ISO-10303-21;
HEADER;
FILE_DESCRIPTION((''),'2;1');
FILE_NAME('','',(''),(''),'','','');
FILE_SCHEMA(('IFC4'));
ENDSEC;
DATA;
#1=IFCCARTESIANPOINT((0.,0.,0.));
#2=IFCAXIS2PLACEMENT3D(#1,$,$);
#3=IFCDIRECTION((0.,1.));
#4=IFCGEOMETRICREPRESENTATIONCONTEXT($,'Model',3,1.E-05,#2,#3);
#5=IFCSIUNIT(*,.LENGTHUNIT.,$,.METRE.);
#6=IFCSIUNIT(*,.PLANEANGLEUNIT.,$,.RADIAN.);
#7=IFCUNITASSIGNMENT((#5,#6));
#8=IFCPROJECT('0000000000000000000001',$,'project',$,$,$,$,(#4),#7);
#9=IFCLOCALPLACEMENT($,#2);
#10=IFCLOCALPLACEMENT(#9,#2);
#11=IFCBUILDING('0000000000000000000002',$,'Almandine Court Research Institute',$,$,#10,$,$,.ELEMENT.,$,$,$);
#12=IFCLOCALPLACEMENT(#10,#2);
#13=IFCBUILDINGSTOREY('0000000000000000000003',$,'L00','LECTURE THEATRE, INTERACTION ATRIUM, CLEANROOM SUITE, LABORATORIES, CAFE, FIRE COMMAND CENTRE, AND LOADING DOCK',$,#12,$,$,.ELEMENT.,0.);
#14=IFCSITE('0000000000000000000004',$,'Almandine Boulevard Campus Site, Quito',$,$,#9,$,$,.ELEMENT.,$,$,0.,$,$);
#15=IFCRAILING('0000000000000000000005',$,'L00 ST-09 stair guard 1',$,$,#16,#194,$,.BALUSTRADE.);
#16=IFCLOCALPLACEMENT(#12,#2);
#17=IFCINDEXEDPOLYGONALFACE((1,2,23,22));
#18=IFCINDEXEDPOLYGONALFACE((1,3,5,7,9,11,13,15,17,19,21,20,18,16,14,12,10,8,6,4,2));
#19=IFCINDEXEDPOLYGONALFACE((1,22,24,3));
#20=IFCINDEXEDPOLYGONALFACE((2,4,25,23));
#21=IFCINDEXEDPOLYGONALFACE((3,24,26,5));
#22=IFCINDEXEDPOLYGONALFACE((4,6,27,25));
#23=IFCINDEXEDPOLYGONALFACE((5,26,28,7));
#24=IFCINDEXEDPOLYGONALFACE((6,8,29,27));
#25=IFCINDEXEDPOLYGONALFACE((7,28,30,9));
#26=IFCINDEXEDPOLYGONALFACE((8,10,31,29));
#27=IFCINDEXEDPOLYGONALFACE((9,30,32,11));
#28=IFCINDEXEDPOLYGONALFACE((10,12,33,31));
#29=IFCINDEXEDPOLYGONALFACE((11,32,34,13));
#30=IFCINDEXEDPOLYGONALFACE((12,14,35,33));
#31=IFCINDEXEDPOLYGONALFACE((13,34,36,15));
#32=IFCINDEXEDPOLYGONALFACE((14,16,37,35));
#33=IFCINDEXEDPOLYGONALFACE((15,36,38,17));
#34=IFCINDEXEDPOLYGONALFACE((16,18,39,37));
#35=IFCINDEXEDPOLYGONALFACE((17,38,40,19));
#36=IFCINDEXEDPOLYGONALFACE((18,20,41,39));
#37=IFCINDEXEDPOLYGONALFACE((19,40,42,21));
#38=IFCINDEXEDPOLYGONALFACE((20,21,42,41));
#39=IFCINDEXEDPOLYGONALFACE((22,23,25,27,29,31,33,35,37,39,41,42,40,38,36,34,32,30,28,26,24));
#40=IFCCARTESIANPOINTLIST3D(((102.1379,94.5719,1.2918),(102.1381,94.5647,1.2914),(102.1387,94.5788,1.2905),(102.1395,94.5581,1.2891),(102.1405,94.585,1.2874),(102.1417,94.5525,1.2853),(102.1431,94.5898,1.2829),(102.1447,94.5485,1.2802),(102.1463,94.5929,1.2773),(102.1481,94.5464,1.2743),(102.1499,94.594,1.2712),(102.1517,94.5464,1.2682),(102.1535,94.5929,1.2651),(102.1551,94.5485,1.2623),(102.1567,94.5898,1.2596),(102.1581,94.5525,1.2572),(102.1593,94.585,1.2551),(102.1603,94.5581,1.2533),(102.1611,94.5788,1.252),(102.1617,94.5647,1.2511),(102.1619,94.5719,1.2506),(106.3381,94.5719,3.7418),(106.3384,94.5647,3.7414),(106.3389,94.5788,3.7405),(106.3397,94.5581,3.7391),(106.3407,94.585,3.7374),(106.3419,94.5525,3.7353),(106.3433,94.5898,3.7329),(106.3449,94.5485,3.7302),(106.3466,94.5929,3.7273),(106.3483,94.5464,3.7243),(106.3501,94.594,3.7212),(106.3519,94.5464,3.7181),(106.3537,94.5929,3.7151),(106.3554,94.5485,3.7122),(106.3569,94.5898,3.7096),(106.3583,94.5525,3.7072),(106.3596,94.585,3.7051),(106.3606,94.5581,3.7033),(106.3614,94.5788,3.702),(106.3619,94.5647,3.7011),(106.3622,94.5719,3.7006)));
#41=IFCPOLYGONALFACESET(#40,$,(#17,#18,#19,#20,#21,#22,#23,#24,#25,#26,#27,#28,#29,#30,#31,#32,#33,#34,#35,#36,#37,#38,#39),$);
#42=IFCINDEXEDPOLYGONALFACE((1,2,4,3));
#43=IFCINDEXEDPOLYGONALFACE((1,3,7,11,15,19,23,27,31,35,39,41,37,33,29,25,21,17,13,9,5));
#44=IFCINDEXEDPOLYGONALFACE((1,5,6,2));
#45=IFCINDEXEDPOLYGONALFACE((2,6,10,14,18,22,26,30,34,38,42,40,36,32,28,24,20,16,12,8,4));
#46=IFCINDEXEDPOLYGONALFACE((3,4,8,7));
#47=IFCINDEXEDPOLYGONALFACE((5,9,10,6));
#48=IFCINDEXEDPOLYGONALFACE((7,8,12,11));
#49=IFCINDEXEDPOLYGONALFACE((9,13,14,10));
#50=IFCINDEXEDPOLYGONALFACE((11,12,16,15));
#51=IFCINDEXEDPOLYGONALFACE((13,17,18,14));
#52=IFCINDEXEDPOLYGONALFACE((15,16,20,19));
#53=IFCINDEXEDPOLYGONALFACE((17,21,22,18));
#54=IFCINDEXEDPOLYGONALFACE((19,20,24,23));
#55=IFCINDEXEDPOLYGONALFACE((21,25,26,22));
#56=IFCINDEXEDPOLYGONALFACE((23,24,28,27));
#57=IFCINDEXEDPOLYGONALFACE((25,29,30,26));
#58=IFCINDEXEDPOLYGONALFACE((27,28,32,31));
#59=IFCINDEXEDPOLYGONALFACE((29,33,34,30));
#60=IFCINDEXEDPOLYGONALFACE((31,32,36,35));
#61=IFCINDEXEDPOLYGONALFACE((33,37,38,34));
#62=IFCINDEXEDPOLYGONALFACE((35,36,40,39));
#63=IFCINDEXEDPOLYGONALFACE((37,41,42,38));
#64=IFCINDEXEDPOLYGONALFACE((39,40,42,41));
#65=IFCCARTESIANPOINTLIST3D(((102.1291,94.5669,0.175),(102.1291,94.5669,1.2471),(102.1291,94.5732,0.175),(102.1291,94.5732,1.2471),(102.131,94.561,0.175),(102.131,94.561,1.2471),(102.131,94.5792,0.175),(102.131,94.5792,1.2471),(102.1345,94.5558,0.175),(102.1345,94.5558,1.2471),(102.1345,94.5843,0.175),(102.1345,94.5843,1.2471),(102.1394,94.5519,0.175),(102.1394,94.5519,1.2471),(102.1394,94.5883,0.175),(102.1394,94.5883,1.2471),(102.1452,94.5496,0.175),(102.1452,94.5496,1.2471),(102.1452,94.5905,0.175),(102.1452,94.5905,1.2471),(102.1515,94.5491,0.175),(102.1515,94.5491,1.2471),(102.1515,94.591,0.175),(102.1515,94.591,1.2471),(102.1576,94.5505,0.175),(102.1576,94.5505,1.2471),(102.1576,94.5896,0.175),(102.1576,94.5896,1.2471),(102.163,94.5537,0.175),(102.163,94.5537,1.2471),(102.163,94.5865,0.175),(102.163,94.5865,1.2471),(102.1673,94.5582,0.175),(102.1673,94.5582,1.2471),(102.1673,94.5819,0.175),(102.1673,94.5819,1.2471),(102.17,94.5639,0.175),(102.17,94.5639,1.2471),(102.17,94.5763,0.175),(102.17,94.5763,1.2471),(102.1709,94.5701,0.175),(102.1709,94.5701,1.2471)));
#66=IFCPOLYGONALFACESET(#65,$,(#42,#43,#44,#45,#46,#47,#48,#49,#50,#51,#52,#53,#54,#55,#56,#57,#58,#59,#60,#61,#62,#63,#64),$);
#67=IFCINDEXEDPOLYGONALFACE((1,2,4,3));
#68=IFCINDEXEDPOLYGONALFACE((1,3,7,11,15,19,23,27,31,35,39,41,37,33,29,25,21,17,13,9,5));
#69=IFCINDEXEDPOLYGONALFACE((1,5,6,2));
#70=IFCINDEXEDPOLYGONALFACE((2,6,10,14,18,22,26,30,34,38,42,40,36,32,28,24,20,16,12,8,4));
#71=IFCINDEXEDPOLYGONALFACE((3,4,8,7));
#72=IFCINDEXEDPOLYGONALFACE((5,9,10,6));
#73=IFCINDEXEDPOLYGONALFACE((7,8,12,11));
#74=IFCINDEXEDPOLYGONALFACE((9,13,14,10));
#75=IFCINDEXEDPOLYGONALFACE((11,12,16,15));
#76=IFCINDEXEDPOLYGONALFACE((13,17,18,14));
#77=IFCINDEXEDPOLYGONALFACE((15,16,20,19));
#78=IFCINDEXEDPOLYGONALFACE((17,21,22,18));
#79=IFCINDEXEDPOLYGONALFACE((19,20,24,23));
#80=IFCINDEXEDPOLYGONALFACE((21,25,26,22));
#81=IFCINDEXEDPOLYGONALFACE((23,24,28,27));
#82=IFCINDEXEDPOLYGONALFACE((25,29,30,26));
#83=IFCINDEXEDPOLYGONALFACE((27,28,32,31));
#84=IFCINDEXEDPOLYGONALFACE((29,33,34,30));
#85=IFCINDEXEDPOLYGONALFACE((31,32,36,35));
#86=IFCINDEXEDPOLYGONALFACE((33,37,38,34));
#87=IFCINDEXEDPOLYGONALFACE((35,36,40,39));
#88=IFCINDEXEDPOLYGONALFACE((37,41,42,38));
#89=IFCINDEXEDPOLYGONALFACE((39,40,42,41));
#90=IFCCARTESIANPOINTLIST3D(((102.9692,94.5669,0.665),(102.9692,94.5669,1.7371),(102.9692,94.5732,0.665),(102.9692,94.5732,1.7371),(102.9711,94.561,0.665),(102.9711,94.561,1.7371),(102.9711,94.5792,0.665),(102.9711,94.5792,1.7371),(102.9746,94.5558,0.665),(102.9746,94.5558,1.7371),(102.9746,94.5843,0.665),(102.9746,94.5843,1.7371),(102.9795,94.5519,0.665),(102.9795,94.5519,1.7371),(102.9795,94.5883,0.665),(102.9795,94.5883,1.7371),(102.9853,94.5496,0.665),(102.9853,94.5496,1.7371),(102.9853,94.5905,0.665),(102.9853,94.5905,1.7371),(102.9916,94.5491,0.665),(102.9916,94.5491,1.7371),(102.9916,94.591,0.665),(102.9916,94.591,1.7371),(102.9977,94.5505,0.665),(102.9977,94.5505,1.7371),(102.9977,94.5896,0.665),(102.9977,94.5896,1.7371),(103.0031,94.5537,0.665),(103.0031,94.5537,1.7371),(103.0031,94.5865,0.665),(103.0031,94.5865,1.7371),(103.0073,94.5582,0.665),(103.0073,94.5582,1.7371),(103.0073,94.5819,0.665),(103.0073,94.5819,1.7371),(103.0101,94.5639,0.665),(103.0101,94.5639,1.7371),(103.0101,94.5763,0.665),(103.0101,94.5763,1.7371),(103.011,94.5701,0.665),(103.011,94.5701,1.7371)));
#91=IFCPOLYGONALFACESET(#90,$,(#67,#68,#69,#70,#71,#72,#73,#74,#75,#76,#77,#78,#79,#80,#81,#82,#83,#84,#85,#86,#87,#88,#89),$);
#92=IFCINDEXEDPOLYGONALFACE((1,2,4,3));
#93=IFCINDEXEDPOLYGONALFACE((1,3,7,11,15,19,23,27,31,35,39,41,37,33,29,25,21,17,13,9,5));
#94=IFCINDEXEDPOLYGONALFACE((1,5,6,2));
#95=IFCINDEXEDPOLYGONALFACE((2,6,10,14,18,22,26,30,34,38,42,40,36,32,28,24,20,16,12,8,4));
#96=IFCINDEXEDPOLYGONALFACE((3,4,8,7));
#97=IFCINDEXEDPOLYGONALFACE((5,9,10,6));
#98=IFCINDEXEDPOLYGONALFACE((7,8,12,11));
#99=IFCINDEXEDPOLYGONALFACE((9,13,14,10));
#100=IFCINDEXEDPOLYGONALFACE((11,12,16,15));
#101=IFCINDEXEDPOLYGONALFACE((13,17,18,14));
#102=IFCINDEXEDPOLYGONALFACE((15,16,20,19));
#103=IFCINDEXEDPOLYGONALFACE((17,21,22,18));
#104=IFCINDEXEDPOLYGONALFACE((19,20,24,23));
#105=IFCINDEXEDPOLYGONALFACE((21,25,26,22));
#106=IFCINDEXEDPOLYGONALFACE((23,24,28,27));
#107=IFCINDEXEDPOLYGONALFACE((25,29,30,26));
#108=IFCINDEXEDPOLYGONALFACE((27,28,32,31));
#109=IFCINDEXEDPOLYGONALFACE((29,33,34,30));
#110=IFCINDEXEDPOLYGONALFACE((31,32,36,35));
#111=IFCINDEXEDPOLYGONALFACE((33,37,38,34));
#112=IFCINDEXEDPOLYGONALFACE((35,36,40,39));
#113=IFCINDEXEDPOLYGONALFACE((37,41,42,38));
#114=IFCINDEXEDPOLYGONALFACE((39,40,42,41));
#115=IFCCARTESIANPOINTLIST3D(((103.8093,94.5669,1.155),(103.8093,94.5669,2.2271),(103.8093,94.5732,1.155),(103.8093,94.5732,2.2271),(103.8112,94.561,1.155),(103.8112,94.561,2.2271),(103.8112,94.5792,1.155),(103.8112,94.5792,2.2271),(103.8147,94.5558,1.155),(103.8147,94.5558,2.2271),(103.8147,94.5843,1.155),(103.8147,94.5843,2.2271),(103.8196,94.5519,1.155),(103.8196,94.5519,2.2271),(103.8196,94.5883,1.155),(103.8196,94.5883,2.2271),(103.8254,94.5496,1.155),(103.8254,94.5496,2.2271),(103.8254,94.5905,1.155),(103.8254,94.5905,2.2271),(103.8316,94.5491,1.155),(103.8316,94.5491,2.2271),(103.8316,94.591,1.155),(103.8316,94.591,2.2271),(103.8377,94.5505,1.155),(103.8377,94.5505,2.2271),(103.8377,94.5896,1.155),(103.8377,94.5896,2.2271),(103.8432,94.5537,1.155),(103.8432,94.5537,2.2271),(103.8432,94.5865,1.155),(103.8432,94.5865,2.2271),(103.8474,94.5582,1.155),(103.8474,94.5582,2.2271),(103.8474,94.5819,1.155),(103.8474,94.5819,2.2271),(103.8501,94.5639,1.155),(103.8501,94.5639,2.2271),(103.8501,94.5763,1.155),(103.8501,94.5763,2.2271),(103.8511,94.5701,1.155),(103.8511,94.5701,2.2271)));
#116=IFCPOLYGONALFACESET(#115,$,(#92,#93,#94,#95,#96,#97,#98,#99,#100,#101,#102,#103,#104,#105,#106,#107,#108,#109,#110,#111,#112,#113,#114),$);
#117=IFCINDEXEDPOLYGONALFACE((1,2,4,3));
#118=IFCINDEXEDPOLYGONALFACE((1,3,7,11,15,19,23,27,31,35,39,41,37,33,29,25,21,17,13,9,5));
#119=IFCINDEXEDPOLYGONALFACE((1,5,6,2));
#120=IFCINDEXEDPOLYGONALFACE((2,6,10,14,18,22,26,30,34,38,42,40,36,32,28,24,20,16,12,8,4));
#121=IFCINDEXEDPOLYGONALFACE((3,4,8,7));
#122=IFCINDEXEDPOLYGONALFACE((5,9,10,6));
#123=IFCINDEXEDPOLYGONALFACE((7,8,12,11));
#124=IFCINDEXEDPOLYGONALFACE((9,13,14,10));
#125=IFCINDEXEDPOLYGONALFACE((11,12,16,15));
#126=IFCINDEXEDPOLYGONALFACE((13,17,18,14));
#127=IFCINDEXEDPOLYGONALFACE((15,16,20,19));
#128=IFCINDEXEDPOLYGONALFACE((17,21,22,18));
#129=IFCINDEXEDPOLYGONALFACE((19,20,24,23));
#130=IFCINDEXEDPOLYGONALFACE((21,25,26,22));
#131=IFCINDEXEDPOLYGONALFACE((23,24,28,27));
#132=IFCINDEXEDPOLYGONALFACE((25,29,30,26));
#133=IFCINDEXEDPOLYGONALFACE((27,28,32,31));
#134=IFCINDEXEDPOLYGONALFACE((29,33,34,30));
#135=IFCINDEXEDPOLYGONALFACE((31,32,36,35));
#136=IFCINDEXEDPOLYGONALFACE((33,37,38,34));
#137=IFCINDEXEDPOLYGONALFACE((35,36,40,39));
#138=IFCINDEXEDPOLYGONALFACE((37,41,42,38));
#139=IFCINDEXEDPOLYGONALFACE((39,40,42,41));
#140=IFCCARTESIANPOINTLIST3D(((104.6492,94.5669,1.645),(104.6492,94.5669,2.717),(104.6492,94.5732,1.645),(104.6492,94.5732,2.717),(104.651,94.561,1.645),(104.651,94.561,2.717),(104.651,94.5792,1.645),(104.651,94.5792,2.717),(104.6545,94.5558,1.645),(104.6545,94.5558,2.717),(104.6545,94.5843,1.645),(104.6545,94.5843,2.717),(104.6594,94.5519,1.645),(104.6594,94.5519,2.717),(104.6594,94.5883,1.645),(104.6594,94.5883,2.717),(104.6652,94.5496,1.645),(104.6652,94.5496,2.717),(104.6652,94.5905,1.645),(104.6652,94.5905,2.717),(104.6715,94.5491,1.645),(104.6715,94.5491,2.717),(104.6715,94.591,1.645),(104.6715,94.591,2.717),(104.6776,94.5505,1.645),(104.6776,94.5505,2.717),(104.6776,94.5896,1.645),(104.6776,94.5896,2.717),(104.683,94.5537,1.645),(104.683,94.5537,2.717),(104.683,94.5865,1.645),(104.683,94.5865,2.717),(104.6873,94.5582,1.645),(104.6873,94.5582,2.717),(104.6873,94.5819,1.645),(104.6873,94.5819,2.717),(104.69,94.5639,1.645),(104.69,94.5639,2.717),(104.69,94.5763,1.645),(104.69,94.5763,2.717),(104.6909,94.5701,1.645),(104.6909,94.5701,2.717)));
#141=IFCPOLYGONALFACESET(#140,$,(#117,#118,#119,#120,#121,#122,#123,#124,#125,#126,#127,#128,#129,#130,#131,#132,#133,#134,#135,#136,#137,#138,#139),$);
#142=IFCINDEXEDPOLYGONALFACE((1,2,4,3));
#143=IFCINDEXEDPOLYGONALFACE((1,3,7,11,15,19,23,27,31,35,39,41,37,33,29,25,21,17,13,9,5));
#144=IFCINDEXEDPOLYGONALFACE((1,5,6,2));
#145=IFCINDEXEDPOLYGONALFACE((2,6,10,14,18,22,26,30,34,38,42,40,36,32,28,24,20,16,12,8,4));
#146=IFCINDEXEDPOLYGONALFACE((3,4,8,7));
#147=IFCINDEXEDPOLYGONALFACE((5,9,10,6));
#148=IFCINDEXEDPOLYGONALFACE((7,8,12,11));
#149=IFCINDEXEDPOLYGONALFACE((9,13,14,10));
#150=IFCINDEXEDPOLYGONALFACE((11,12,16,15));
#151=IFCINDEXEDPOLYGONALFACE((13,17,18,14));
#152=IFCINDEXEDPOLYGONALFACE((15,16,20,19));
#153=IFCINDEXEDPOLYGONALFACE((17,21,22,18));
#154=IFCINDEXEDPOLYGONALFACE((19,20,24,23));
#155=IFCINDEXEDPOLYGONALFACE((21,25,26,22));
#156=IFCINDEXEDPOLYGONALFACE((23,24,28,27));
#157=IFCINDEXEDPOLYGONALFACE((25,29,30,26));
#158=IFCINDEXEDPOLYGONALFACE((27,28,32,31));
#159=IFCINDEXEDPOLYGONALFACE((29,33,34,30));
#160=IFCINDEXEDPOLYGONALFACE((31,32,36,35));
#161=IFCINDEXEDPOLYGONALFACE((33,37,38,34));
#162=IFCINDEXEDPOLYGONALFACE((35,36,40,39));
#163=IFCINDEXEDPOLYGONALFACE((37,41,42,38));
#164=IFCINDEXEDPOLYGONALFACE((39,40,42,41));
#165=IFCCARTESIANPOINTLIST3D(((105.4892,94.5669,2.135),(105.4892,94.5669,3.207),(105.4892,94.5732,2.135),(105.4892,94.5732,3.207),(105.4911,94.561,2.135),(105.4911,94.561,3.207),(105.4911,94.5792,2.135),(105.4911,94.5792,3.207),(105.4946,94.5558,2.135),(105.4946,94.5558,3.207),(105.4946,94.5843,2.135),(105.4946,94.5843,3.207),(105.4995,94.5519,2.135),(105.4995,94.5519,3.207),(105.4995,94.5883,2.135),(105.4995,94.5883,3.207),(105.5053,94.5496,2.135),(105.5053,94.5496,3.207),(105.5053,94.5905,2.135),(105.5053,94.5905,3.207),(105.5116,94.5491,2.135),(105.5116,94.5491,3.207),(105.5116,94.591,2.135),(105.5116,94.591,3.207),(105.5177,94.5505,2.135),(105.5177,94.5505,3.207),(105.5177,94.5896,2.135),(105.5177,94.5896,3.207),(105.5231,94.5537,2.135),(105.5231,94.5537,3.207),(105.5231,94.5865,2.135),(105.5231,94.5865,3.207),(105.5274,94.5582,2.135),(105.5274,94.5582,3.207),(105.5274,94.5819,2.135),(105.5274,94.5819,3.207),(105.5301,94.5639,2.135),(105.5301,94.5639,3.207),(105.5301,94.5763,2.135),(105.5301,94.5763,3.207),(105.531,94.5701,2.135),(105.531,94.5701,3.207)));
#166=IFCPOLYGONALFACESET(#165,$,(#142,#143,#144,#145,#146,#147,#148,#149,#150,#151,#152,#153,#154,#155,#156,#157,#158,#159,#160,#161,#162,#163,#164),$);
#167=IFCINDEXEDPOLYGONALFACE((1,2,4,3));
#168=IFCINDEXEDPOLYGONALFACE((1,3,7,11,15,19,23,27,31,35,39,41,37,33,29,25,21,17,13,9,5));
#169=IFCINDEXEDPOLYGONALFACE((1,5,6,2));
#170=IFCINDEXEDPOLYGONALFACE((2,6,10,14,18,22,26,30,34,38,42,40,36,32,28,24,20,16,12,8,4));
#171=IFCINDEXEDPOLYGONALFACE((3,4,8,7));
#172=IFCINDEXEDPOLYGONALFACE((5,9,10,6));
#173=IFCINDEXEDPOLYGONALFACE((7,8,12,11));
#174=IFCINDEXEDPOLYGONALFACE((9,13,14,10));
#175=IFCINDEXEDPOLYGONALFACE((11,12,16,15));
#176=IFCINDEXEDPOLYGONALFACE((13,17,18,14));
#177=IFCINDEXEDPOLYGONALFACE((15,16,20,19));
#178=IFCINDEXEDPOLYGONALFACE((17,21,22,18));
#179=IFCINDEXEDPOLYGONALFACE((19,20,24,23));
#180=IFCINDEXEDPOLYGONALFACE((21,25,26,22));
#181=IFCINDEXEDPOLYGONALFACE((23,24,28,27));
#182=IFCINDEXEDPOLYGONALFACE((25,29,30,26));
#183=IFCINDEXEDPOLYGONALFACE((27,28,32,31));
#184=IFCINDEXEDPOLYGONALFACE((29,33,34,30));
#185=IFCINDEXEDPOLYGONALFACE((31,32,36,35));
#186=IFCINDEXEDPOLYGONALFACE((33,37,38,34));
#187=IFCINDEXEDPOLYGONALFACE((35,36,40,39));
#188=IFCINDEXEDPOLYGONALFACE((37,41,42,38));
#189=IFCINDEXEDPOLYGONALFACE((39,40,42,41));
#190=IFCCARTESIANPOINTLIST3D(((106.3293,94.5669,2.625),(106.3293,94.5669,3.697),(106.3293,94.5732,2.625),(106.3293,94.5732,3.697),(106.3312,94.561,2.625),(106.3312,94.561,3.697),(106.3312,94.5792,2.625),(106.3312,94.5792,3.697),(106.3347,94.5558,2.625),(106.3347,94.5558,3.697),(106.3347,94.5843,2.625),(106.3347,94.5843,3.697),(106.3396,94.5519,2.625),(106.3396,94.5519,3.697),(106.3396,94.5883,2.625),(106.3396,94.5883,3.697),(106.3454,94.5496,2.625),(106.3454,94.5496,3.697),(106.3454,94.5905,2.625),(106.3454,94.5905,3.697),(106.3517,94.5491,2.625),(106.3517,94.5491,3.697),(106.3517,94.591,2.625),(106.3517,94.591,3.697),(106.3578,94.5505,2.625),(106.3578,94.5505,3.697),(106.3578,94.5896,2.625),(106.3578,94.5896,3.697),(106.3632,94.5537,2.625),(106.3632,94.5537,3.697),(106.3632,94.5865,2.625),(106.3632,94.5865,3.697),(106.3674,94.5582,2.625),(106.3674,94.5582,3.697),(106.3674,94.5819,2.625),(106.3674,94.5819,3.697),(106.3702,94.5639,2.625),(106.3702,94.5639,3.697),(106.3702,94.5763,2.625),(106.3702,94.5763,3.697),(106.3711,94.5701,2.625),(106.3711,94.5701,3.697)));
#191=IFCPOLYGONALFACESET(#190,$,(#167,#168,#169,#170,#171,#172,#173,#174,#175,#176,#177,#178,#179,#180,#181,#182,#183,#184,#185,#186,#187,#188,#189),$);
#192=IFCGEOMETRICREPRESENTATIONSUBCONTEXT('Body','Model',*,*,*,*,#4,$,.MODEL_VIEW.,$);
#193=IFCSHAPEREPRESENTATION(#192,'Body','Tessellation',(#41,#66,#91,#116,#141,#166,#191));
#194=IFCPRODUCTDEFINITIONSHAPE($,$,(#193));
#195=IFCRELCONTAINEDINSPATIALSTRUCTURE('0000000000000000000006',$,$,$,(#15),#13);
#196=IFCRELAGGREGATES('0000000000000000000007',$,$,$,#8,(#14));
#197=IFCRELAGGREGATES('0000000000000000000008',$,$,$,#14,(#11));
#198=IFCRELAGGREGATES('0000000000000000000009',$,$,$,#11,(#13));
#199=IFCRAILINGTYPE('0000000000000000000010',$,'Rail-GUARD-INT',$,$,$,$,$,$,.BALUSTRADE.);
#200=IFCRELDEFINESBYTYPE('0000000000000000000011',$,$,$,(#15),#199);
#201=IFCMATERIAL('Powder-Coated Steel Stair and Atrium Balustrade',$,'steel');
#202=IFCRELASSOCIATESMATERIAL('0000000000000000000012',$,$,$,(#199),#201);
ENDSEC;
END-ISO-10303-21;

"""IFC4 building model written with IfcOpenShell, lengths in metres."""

from ifc_helpers import new_model, si_unit, direction, frame, origin, origin_2d, place, context, subcontext, project, spatial, circle, extrude, material, type_object, element, save


model = new_model("IFC4")

# Units and contexts
model_context = context("Model", 3, precision=1e-05, world=origin(), true_north=direction((0.0, 1.0)))
body_context = subcontext(model_context, "Body", "Model", "MODEL_VIEW")
ifc_project = project(units=[si_unit("LENGTHUNIT", "METRE"), si_unit("PLANEANGLEUNIT", "RADIAN")], contexts=[model_context])

# Site, building, storey
site_placement = place(None, origin())
site = spatial("IfcSite", under=ifc_project, at=site_placement, Name="Almandine Boulevard Campus Site, Quito", CompositionType="ELEMENT", RefElevation=0.0)
building_placement = place(site_placement, origin())
building = spatial("IfcBuilding", under=site, at=building_placement, Name="Almandine Court Research Institute", CompositionType="ELEMENT")
storey_placement = place(building_placement, origin())
storey = spatial("IfcBuildingStorey", under=building, at=storey_placement, Name="L00", Description="LECTURE THEATRE, INTERACTION ATRIUM, CLEANROOM SUITE, LABORATORIES, CAFE, FIRE COMMAND CENTRE, AND LOADING DOCK", CompositionType="ELEMENT", Elevation=0.0)

# Railing
ifc_material_1 = material(Name="Powder-Coated Steel Stair and Atrium Balustrade", Category="steel")
railing_type_1 = type_object("IfcRailingType", Name="Rail-GUARD-INT", PredefinedType="BALUSTRADE", material=ifc_material_1)
railing_1_placement = place(storey_placement, frame((102.1499, 94.5701, 0.175)))
element("IfcRailing", 1, at=railing_1_placement, inside=storey, type_object=railing_type_1, Name="L00 ST-09 stair guard 1", PredefinedType="BALUSTRADE", context=body_context, shape_type="SweptSolid", body=[
    extrude(circle(Radius=0.0239, at=origin_2d()), frame((0.0, 0.0, 1.0962), z_axis=(0.863793, 0.0, 0.503846), x_axis=(0.0, 1.0, 0.0)), (0.0, 0.0, 1.0), 4.8625),
    extrude(circle(Radius=0.021, at=origin_2d()), origin(), (0.0, 0.0, 1.0), 1.072),
    extrude(circle(Radius=0.021, at=origin_2d()), frame((0.8401, 0.0, 0.49)), (0.0, 0.0, 1.0), 1.072),
    extrude(circle(Radius=0.021, at=origin_2d()), frame((1.6802, 0.0, 0.98)), (0.0, 0.0, 1.0), 1.072),
    extrude(circle(Radius=0.021, at=origin_2d()), frame((2.52, 0.0, 1.47)), (0.0, 0.0, 1.0), 1.072),
    extrude(circle(Radius=0.021, at=origin_2d()), frame((3.3601, 0.0, 1.96)), (0.0, 0.0, 1.0), 1.072),
    extrude(circle(Radius=0.021, at=origin_2d()), frame((4.2002, 0.0, 2.45)), (0.0, 0.0, 1.0), 1.072),
])

save(model, "model.ifc")
